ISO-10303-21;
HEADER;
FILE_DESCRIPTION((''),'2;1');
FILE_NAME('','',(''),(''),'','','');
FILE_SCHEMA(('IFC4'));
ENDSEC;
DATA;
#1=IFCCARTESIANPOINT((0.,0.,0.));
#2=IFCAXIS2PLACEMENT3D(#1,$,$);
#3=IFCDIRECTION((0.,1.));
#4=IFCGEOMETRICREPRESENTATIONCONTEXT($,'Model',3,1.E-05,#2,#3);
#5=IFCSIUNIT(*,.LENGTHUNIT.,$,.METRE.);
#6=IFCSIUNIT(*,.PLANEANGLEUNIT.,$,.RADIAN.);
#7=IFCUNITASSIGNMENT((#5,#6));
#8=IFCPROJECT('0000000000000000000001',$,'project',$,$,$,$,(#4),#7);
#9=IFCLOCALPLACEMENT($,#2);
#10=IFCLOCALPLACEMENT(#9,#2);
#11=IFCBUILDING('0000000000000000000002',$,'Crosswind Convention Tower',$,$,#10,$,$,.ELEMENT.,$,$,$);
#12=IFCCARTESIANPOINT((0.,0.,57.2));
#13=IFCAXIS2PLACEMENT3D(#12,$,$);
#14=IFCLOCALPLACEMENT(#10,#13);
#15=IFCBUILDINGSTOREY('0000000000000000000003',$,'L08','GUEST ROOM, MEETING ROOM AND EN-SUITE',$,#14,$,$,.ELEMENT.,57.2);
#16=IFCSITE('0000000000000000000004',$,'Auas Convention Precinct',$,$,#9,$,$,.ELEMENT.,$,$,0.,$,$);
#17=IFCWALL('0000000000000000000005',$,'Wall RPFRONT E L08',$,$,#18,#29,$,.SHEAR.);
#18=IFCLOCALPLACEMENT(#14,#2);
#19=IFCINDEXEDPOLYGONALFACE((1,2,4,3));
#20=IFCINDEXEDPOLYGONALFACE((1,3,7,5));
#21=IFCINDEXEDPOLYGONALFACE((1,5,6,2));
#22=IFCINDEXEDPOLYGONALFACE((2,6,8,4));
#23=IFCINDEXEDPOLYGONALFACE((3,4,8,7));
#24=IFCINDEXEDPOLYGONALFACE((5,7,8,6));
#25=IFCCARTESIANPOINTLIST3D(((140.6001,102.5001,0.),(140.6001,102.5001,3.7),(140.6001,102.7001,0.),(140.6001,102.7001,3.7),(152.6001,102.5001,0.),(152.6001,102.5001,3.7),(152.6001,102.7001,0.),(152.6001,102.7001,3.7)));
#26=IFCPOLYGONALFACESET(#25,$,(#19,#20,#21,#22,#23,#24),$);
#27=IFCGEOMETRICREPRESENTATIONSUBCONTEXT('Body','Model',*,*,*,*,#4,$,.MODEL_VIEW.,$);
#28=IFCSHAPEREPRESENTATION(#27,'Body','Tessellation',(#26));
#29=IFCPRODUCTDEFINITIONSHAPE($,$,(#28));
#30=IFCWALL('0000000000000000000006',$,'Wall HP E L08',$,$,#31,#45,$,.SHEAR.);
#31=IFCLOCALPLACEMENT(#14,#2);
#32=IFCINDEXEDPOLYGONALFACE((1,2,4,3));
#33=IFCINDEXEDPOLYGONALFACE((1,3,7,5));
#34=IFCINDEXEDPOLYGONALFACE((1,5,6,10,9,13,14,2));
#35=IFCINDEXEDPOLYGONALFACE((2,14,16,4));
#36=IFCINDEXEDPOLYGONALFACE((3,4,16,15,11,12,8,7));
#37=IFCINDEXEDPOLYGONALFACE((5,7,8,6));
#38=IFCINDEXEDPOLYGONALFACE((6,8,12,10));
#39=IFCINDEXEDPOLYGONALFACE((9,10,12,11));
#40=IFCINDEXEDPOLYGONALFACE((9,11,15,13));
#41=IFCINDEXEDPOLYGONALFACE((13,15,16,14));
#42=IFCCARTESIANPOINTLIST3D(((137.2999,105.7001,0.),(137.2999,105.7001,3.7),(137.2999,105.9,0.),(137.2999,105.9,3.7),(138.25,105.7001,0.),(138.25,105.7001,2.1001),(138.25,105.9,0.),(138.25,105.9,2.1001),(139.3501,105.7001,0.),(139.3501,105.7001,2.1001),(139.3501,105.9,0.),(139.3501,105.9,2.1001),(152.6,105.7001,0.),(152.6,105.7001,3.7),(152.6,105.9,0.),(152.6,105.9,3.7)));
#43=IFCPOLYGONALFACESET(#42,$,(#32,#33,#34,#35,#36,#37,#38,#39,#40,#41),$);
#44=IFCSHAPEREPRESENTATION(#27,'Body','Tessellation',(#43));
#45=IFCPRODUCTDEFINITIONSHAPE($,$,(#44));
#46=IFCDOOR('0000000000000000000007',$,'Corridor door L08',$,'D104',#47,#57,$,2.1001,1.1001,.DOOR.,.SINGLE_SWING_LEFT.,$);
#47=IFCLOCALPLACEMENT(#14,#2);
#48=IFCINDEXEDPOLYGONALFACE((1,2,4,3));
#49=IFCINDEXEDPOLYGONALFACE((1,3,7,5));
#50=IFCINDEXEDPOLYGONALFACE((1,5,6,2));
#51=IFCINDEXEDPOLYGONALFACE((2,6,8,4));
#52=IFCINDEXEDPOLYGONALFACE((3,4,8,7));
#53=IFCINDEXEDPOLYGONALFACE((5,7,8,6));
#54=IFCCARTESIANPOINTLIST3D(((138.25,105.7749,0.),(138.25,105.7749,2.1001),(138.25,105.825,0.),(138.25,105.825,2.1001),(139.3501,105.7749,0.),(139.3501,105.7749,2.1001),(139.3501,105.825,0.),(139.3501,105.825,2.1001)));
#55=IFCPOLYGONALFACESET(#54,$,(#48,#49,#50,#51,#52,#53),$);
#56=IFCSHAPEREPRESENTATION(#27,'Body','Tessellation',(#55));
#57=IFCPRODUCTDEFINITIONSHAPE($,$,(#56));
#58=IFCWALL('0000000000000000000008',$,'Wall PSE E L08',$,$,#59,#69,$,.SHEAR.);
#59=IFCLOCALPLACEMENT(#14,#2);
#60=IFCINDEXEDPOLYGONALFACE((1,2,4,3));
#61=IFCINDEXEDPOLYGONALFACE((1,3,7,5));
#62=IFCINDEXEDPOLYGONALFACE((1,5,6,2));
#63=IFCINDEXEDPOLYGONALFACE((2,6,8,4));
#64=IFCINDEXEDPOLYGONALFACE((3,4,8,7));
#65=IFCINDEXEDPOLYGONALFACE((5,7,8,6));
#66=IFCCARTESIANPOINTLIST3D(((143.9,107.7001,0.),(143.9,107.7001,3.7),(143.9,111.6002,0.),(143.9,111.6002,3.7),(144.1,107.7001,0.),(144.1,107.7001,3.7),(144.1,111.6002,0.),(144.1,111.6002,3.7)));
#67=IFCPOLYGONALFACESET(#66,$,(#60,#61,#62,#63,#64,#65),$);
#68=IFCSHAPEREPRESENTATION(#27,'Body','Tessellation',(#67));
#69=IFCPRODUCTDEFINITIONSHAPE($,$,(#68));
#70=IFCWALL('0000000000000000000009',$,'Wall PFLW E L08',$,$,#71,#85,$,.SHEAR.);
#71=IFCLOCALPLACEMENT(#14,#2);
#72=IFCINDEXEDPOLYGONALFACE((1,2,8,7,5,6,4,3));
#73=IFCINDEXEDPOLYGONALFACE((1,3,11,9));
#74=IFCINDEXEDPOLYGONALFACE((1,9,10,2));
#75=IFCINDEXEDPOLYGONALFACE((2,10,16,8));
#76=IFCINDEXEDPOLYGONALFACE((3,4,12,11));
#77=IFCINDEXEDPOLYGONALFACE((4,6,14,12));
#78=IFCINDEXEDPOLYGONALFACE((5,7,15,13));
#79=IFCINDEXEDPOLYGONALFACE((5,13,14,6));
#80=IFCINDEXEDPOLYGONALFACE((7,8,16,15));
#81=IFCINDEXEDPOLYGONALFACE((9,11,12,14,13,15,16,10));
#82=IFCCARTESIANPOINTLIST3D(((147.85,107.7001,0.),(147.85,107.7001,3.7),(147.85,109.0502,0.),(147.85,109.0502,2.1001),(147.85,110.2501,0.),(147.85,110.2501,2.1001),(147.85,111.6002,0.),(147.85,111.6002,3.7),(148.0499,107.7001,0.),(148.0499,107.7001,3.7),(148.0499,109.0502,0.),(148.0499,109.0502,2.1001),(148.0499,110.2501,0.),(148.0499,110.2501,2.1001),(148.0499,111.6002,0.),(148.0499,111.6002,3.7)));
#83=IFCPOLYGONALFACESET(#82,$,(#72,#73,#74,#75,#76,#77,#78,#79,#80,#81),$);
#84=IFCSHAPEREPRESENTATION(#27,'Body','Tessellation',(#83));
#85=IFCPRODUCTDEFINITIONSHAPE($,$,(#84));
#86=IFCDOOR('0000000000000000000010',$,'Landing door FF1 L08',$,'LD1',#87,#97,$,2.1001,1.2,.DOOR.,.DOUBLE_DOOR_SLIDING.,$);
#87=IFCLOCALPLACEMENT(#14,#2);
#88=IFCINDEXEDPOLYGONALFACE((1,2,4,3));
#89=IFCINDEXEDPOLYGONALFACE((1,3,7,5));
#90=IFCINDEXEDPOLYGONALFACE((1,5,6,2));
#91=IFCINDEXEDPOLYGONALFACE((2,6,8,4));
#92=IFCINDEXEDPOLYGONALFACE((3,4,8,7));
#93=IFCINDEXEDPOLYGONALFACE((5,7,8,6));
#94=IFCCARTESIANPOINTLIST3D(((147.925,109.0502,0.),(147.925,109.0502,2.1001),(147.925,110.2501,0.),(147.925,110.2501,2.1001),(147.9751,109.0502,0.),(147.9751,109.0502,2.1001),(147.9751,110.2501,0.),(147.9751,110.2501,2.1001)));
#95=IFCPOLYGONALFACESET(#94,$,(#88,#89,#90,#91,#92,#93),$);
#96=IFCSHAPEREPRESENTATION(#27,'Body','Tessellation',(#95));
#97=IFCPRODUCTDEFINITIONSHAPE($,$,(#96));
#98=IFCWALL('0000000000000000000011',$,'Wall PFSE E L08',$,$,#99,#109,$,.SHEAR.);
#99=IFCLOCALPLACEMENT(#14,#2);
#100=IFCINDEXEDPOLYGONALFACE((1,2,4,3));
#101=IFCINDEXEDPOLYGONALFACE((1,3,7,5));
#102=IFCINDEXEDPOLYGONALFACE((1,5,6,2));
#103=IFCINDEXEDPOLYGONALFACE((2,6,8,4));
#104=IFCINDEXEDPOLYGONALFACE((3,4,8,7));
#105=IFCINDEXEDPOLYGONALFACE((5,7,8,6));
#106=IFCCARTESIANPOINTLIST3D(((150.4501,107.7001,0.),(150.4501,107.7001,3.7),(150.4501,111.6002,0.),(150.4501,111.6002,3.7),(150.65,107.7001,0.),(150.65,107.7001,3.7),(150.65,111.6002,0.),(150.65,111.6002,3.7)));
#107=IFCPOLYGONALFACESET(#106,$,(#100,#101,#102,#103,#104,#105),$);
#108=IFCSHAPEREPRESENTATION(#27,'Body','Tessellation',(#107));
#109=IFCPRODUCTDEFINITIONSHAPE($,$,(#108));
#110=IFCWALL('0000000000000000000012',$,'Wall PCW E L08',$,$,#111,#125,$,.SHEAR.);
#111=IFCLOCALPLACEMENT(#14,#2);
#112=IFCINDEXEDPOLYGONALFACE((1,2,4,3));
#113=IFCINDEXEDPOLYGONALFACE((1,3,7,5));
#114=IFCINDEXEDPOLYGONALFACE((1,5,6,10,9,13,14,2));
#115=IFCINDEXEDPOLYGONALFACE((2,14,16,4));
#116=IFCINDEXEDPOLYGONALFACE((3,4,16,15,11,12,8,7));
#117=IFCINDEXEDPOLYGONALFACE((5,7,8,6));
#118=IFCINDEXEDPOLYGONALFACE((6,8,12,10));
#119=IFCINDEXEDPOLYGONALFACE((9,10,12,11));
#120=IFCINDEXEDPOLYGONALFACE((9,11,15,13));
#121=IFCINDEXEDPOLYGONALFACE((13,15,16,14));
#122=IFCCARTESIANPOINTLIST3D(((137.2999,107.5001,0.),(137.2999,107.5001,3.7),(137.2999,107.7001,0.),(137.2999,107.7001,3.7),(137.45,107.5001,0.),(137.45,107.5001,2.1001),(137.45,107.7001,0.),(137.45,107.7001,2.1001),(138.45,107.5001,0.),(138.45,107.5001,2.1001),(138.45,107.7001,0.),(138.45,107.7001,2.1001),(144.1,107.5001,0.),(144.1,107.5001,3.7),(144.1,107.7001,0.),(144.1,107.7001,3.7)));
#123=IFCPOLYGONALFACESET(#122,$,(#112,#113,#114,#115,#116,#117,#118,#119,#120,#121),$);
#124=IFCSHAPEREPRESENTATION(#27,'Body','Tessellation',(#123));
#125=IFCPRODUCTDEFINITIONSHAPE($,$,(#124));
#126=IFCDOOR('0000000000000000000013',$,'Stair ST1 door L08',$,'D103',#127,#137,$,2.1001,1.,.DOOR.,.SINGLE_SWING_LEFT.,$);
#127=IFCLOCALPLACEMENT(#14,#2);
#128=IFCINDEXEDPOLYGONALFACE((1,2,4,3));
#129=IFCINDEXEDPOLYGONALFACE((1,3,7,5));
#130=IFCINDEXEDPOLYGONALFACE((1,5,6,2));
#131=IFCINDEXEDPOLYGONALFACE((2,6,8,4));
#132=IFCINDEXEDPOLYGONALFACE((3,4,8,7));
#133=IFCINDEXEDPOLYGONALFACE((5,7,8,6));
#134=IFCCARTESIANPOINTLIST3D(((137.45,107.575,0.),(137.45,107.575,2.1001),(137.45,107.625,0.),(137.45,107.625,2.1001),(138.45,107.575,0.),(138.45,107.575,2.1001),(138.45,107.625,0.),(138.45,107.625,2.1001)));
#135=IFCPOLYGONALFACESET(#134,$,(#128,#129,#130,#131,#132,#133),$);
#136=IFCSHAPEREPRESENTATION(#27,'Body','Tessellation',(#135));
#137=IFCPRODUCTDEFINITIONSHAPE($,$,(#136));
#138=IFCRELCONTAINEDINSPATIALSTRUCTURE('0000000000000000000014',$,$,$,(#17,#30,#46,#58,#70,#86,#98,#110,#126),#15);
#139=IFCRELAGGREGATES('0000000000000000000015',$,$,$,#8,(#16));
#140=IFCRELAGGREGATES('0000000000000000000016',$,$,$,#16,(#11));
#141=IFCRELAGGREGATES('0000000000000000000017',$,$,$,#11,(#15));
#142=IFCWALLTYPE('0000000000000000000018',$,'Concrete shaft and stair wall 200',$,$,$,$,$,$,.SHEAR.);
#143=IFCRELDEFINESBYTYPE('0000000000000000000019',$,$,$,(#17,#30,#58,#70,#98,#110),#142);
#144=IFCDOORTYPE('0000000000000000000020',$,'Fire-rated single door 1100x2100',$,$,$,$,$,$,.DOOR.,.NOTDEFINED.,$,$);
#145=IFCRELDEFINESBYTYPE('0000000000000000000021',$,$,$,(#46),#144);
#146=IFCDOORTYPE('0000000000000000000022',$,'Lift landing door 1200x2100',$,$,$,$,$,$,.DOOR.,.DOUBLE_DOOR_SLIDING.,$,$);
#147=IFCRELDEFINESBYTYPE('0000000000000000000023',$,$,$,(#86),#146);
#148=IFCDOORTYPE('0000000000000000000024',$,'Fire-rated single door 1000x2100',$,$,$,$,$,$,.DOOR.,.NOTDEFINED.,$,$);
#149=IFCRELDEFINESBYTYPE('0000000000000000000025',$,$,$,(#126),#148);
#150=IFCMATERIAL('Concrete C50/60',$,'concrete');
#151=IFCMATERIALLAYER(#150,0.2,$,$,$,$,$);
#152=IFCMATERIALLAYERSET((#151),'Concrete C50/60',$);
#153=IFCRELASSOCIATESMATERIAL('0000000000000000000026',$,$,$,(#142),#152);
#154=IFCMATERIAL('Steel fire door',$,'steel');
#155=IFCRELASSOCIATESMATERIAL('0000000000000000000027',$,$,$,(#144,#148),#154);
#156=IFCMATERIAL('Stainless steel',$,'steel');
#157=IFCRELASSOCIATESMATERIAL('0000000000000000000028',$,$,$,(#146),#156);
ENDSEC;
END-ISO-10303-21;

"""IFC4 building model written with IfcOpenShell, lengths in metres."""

from ifc_helpers import new_model, si_unit, direction, frame, frame_2d, origin, place, context, subcontext, project, spatial, rectangle, extrude, material, layer, layer_set, type_object, element, fill, save


model = new_model("IFC4")

# Units and contexts
model_context = context("Model", 3, precision=1e-05, world=origin(), true_north=direction((0.0, 1.0)))
body_context = subcontext(model_context, "Body", "Model", "MODEL_VIEW")
ifc_project = project(units=[si_unit("LENGTHUNIT", "METRE"), si_unit("PLANEANGLEUNIT", "RADIAN")], contexts=[model_context])

# Site, building, storey
site_placement = place(None, origin())
site = spatial("IfcSite", under=ifc_project, at=site_placement, Name="Auas Convention Precinct", CompositionType="ELEMENT", RefElevation=0.0)
building_placement = place(site_placement, origin())
building = spatial("IfcBuilding", under=site, at=building_placement, Name="Crosswind Convention Tower", CompositionType="ELEMENT")
storey_placement = place(building_placement, frame((0.0, 0.0, 57.2)))
storey = spatial("IfcBuildingStorey", under=building, at=storey_placement, Name="L08", Description="GUEST ROOM, MEETING ROOM AND EN-SUITE", CompositionType="ELEMENT", Elevation=57.2)

# Wall
ifc_material_1 = material(Name="Concrete C50/60", Category="concrete")
ifc_layer_1 = layer(ifc_material_1, 0.2)
ifc_layer_set_1 = layer_set([ifc_layer_1], Name="Concrete C50/60")
wall_type_1 = type_object("IfcWallType", Name="Concrete shaft and stair wall 200", PredefinedType="SHEAR", material=ifc_layer_set_1)
wall_1_placement = place(storey_placement, frame((140.6001, 102.6001, 0.0), z_axis=(0.0, 0.0, 1.0), x_axis=(1.0, 0.0, 0.0)))
element("IfcWall", 1, at=wall_1_placement, inside=storey, type_object=wall_type_1, Name="Wall RPFRONT E L08", PredefinedType="SHEAR", context=body_context, shape_type="SweptSolid", body=[
    extrude(rectangle(XDim=12.0, YDim=0.2, at=frame_2d((6.0, 0.0))), origin(), (0.0, 0.0, 1.0), 3.7),
])

# Wall, opening, door
wall_2_placement = place(storey_placement, frame((137.3, 105.8, 0.0), z_axis=(0.0, 0.0, 1.0), x_axis=(1.0, 0.0, 0.0)))
wall_2 = element("IfcWall", 2, at=wall_2_placement, inside=storey, type_object=wall_type_1, Name="Wall HP E L08", PredefinedType="SHEAR", context=body_context, shape_type="SweptSolid", body=[
    extrude(rectangle(XDim=15.3, YDim=0.2, at=frame_2d((7.6499, 0.0))), origin(), (0.0, 0.0, 1.0), 3.7),
])
opening_1_placement = place(wall_2_placement, frame((0.95, 0.0, 0.0)))
opening_1 = element("IfcOpeningElement", 3, at=opening_1_placement, cuts=wall_2, PredefinedType="OPENING", context=body_context, shape_type="SweptSolid", body=[
    extrude(rectangle(XDim=1.1001, YDim=2.1001, at=frame_2d((0.55, 1.05))), frame((0.0, 0.1099, 0.0), z_axis=(0.0, -1.0, 0.0), x_axis=(1.0, 0.0, 0.0)), (0.0, 0.0, 1.0), 0.22),
])
ifc_material_2 = material(Name="Steel fire door", Category="steel")
door_type_1 = type_object("IfcDoorType", Name="Fire-rated single door 1100x2100", OperationType="NOTDEFINED", PredefinedType="DOOR", material=ifc_material_2)
door_1_placement = place(opening_1_placement, origin())
door_1 = element("IfcDoor", 4, at=door_1_placement, inside=storey, type_object=door_type_1, Name="Corridor door L08", ObjectType="D104", OperationType="SINGLE_SWING_LEFT", OverallHeight=2.1001, OverallWidth=1.1001, PredefinedType="DOOR", context=body_context, shape_type="SweptSolid", body=[
    extrude(rectangle(XDim=1.1001, YDim=2.1001, at=frame_2d((0.55, 1.05))), frame((0.0, 0.0249, 0.0), z_axis=(0.0, -1.0, 0.0), x_axis=(1.0, 0.0, 0.0)), (0.0, 0.0, 1.0), 0.05),
])
fill(opening_1, door_1)

# Wall
wall_3_placement = place(storey_placement, frame((144.0, 107.7, 0.0), z_axis=(0.0, 0.0, 1.0), x_axis=(0.0, 1.0, 0.0)))
element("IfcWall", 5, at=wall_3_placement, inside=storey, type_object=wall_type_1, Name="Wall PSE E L08", PredefinedType="SHEAR", context=body_context, shape_type="SweptSolid", body=[
    extrude(rectangle(XDim=3.9001, YDim=0.2, at=frame_2d((1.9502, 0.0))), origin(), (0.0, 0.0, 1.0), 3.7),
])

# Wall, opening, door
wall_4_placement = place(storey_placement, frame((147.95, 107.7, 0.0), z_axis=(0.0, 0.0, 1.0), x_axis=(0.0, 1.0, 0.0)))
wall_4 = element("IfcWall", 6, at=wall_4_placement, inside=storey, type_object=wall_type_1, Name="Wall PFLW E L08", PredefinedType="SHEAR", context=body_context, shape_type="SweptSolid", body=[
    extrude(rectangle(XDim=3.9001, YDim=0.2, at=frame_2d((1.9502, 0.0))), origin(), (0.0, 0.0, 1.0), 3.7),
])
opening_2_placement = place(wall_4_placement, frame((1.3501, 0.0, 0.0)))
opening_2 = element("IfcOpeningElement", 7, at=opening_2_placement, cuts=wall_4, PredefinedType="OPENING", context=body_context, shape_type="SweptSolid", body=[
    extrude(rectangle(XDim=1.2, YDim=2.1001, at=frame_2d((0.6001, 1.05))), frame((0.0, 0.1099, 0.0), z_axis=(0.0, -1.0, 0.0), x_axis=(1.0, 0.0, 0.0)), (0.0, 0.0, 1.0), 0.22),
])
ifc_material_3 = material(Name="Stainless steel", Category="steel")
door_type_2 = type_object("IfcDoorType", Name="Lift landing door 1200x2100", OperationType="DOUBLE_DOOR_SLIDING", PredefinedType="DOOR", material=ifc_material_3)
door_2_placement = place(opening_2_placement, origin())
door_2 = element("IfcDoor", 8, at=door_2_placement, inside=storey, type_object=door_type_2, Name="Landing door FF1 L08", ObjectType="LD1", OperationType="DOUBLE_DOOR_SLIDING", OverallHeight=2.1001, OverallWidth=1.2, PredefinedType="DOOR", context=body_context, shape_type="SweptSolid", body=[
    extrude(rectangle(XDim=1.2, YDim=2.1001, at=frame_2d((0.6001, 1.05))), frame((0.0, 0.0249, 0.0), z_axis=(0.0, -1.0, 0.0), x_axis=(1.0, 0.0, 0.0)), (0.0, 0.0, 1.0), 0.05),
])
fill(opening_2, door_2)

# Wall
wall_5_placement = place(storey_placement, frame((150.55, 107.7, 0.0), z_axis=(0.0, 0.0, 1.0), x_axis=(0.0, 1.0, 0.0)))
element("IfcWall", 9, at=wall_5_placement, inside=storey, type_object=wall_type_1, Name="Wall PFSE E L08", PredefinedType="SHEAR", context=body_context, shape_type="SweptSolid", body=[
    extrude(rectangle(XDim=3.9001, YDim=0.2, at=frame_2d((1.9502, 0.0))), origin(), (0.0, 0.0, 1.0), 3.7),
])

# Wall, opening, door
wall_6_placement = place(storey_placement, frame((137.3, 107.6001, 0.0), z_axis=(0.0, 0.0, 1.0), x_axis=(1.0, 0.0, 0.0)))
wall_6 = element("IfcWall", 10, at=wall_6_placement, inside=storey, type_object=wall_type_1, Name="Wall PCW E L08", PredefinedType="SHEAR", context=body_context, shape_type="SweptSolid", body=[
    extrude(rectangle(XDim=6.8, YDim=0.2, at=frame_2d((3.3999, 0.0))), origin(), (0.0, 0.0, 1.0), 3.7),
])
opening_3_placement = place(wall_6_placement, frame((0.1499, 0.0, 0.0)))
opening_3 = element("IfcOpeningElement", 11, at=opening_3_placement, cuts=wall_6, PredefinedType="OPENING", context=body_context, shape_type="SweptSolid", body=[
    extrude(rectangle(XDim=1.0, YDim=2.1001, at=frame_2d((0.5, 1.05))), frame((0.0, 0.1099, 0.0), z_axis=(0.0, -1.0, 0.0), x_axis=(1.0, 0.0, 0.0)), (0.0, 0.0, 1.0), 0.22),
])
door_type_3 = type_object("IfcDoorType", Name="Fire-rated single door 1000x2100", OperationType="NOTDEFINED", PredefinedType="DOOR", material=ifc_material_2)
door_3_placement = place(opening_3_placement, origin())
door_3 = element("IfcDoor", 12, at=door_3_placement, inside=storey, type_object=door_type_3, Name="Stair ST1 door L08", ObjectType="D103", OperationType="SINGLE_SWING_LEFT", OverallHeight=2.1001, OverallWidth=1.0, PredefinedType="DOOR", context=body_context, shape_type="SweptSolid", body=[
    extrude(rectangle(XDim=1.0, YDim=2.1001, at=frame_2d((0.5, 1.05))), frame((0.0, 0.0249, 0.0), z_axis=(0.0, -1.0, 0.0), x_axis=(1.0, 0.0, 0.0)), (0.0, 0.0, 1.0), 0.05),
])
fill(opening_3, door_3)

save(model, "model.ifc")
